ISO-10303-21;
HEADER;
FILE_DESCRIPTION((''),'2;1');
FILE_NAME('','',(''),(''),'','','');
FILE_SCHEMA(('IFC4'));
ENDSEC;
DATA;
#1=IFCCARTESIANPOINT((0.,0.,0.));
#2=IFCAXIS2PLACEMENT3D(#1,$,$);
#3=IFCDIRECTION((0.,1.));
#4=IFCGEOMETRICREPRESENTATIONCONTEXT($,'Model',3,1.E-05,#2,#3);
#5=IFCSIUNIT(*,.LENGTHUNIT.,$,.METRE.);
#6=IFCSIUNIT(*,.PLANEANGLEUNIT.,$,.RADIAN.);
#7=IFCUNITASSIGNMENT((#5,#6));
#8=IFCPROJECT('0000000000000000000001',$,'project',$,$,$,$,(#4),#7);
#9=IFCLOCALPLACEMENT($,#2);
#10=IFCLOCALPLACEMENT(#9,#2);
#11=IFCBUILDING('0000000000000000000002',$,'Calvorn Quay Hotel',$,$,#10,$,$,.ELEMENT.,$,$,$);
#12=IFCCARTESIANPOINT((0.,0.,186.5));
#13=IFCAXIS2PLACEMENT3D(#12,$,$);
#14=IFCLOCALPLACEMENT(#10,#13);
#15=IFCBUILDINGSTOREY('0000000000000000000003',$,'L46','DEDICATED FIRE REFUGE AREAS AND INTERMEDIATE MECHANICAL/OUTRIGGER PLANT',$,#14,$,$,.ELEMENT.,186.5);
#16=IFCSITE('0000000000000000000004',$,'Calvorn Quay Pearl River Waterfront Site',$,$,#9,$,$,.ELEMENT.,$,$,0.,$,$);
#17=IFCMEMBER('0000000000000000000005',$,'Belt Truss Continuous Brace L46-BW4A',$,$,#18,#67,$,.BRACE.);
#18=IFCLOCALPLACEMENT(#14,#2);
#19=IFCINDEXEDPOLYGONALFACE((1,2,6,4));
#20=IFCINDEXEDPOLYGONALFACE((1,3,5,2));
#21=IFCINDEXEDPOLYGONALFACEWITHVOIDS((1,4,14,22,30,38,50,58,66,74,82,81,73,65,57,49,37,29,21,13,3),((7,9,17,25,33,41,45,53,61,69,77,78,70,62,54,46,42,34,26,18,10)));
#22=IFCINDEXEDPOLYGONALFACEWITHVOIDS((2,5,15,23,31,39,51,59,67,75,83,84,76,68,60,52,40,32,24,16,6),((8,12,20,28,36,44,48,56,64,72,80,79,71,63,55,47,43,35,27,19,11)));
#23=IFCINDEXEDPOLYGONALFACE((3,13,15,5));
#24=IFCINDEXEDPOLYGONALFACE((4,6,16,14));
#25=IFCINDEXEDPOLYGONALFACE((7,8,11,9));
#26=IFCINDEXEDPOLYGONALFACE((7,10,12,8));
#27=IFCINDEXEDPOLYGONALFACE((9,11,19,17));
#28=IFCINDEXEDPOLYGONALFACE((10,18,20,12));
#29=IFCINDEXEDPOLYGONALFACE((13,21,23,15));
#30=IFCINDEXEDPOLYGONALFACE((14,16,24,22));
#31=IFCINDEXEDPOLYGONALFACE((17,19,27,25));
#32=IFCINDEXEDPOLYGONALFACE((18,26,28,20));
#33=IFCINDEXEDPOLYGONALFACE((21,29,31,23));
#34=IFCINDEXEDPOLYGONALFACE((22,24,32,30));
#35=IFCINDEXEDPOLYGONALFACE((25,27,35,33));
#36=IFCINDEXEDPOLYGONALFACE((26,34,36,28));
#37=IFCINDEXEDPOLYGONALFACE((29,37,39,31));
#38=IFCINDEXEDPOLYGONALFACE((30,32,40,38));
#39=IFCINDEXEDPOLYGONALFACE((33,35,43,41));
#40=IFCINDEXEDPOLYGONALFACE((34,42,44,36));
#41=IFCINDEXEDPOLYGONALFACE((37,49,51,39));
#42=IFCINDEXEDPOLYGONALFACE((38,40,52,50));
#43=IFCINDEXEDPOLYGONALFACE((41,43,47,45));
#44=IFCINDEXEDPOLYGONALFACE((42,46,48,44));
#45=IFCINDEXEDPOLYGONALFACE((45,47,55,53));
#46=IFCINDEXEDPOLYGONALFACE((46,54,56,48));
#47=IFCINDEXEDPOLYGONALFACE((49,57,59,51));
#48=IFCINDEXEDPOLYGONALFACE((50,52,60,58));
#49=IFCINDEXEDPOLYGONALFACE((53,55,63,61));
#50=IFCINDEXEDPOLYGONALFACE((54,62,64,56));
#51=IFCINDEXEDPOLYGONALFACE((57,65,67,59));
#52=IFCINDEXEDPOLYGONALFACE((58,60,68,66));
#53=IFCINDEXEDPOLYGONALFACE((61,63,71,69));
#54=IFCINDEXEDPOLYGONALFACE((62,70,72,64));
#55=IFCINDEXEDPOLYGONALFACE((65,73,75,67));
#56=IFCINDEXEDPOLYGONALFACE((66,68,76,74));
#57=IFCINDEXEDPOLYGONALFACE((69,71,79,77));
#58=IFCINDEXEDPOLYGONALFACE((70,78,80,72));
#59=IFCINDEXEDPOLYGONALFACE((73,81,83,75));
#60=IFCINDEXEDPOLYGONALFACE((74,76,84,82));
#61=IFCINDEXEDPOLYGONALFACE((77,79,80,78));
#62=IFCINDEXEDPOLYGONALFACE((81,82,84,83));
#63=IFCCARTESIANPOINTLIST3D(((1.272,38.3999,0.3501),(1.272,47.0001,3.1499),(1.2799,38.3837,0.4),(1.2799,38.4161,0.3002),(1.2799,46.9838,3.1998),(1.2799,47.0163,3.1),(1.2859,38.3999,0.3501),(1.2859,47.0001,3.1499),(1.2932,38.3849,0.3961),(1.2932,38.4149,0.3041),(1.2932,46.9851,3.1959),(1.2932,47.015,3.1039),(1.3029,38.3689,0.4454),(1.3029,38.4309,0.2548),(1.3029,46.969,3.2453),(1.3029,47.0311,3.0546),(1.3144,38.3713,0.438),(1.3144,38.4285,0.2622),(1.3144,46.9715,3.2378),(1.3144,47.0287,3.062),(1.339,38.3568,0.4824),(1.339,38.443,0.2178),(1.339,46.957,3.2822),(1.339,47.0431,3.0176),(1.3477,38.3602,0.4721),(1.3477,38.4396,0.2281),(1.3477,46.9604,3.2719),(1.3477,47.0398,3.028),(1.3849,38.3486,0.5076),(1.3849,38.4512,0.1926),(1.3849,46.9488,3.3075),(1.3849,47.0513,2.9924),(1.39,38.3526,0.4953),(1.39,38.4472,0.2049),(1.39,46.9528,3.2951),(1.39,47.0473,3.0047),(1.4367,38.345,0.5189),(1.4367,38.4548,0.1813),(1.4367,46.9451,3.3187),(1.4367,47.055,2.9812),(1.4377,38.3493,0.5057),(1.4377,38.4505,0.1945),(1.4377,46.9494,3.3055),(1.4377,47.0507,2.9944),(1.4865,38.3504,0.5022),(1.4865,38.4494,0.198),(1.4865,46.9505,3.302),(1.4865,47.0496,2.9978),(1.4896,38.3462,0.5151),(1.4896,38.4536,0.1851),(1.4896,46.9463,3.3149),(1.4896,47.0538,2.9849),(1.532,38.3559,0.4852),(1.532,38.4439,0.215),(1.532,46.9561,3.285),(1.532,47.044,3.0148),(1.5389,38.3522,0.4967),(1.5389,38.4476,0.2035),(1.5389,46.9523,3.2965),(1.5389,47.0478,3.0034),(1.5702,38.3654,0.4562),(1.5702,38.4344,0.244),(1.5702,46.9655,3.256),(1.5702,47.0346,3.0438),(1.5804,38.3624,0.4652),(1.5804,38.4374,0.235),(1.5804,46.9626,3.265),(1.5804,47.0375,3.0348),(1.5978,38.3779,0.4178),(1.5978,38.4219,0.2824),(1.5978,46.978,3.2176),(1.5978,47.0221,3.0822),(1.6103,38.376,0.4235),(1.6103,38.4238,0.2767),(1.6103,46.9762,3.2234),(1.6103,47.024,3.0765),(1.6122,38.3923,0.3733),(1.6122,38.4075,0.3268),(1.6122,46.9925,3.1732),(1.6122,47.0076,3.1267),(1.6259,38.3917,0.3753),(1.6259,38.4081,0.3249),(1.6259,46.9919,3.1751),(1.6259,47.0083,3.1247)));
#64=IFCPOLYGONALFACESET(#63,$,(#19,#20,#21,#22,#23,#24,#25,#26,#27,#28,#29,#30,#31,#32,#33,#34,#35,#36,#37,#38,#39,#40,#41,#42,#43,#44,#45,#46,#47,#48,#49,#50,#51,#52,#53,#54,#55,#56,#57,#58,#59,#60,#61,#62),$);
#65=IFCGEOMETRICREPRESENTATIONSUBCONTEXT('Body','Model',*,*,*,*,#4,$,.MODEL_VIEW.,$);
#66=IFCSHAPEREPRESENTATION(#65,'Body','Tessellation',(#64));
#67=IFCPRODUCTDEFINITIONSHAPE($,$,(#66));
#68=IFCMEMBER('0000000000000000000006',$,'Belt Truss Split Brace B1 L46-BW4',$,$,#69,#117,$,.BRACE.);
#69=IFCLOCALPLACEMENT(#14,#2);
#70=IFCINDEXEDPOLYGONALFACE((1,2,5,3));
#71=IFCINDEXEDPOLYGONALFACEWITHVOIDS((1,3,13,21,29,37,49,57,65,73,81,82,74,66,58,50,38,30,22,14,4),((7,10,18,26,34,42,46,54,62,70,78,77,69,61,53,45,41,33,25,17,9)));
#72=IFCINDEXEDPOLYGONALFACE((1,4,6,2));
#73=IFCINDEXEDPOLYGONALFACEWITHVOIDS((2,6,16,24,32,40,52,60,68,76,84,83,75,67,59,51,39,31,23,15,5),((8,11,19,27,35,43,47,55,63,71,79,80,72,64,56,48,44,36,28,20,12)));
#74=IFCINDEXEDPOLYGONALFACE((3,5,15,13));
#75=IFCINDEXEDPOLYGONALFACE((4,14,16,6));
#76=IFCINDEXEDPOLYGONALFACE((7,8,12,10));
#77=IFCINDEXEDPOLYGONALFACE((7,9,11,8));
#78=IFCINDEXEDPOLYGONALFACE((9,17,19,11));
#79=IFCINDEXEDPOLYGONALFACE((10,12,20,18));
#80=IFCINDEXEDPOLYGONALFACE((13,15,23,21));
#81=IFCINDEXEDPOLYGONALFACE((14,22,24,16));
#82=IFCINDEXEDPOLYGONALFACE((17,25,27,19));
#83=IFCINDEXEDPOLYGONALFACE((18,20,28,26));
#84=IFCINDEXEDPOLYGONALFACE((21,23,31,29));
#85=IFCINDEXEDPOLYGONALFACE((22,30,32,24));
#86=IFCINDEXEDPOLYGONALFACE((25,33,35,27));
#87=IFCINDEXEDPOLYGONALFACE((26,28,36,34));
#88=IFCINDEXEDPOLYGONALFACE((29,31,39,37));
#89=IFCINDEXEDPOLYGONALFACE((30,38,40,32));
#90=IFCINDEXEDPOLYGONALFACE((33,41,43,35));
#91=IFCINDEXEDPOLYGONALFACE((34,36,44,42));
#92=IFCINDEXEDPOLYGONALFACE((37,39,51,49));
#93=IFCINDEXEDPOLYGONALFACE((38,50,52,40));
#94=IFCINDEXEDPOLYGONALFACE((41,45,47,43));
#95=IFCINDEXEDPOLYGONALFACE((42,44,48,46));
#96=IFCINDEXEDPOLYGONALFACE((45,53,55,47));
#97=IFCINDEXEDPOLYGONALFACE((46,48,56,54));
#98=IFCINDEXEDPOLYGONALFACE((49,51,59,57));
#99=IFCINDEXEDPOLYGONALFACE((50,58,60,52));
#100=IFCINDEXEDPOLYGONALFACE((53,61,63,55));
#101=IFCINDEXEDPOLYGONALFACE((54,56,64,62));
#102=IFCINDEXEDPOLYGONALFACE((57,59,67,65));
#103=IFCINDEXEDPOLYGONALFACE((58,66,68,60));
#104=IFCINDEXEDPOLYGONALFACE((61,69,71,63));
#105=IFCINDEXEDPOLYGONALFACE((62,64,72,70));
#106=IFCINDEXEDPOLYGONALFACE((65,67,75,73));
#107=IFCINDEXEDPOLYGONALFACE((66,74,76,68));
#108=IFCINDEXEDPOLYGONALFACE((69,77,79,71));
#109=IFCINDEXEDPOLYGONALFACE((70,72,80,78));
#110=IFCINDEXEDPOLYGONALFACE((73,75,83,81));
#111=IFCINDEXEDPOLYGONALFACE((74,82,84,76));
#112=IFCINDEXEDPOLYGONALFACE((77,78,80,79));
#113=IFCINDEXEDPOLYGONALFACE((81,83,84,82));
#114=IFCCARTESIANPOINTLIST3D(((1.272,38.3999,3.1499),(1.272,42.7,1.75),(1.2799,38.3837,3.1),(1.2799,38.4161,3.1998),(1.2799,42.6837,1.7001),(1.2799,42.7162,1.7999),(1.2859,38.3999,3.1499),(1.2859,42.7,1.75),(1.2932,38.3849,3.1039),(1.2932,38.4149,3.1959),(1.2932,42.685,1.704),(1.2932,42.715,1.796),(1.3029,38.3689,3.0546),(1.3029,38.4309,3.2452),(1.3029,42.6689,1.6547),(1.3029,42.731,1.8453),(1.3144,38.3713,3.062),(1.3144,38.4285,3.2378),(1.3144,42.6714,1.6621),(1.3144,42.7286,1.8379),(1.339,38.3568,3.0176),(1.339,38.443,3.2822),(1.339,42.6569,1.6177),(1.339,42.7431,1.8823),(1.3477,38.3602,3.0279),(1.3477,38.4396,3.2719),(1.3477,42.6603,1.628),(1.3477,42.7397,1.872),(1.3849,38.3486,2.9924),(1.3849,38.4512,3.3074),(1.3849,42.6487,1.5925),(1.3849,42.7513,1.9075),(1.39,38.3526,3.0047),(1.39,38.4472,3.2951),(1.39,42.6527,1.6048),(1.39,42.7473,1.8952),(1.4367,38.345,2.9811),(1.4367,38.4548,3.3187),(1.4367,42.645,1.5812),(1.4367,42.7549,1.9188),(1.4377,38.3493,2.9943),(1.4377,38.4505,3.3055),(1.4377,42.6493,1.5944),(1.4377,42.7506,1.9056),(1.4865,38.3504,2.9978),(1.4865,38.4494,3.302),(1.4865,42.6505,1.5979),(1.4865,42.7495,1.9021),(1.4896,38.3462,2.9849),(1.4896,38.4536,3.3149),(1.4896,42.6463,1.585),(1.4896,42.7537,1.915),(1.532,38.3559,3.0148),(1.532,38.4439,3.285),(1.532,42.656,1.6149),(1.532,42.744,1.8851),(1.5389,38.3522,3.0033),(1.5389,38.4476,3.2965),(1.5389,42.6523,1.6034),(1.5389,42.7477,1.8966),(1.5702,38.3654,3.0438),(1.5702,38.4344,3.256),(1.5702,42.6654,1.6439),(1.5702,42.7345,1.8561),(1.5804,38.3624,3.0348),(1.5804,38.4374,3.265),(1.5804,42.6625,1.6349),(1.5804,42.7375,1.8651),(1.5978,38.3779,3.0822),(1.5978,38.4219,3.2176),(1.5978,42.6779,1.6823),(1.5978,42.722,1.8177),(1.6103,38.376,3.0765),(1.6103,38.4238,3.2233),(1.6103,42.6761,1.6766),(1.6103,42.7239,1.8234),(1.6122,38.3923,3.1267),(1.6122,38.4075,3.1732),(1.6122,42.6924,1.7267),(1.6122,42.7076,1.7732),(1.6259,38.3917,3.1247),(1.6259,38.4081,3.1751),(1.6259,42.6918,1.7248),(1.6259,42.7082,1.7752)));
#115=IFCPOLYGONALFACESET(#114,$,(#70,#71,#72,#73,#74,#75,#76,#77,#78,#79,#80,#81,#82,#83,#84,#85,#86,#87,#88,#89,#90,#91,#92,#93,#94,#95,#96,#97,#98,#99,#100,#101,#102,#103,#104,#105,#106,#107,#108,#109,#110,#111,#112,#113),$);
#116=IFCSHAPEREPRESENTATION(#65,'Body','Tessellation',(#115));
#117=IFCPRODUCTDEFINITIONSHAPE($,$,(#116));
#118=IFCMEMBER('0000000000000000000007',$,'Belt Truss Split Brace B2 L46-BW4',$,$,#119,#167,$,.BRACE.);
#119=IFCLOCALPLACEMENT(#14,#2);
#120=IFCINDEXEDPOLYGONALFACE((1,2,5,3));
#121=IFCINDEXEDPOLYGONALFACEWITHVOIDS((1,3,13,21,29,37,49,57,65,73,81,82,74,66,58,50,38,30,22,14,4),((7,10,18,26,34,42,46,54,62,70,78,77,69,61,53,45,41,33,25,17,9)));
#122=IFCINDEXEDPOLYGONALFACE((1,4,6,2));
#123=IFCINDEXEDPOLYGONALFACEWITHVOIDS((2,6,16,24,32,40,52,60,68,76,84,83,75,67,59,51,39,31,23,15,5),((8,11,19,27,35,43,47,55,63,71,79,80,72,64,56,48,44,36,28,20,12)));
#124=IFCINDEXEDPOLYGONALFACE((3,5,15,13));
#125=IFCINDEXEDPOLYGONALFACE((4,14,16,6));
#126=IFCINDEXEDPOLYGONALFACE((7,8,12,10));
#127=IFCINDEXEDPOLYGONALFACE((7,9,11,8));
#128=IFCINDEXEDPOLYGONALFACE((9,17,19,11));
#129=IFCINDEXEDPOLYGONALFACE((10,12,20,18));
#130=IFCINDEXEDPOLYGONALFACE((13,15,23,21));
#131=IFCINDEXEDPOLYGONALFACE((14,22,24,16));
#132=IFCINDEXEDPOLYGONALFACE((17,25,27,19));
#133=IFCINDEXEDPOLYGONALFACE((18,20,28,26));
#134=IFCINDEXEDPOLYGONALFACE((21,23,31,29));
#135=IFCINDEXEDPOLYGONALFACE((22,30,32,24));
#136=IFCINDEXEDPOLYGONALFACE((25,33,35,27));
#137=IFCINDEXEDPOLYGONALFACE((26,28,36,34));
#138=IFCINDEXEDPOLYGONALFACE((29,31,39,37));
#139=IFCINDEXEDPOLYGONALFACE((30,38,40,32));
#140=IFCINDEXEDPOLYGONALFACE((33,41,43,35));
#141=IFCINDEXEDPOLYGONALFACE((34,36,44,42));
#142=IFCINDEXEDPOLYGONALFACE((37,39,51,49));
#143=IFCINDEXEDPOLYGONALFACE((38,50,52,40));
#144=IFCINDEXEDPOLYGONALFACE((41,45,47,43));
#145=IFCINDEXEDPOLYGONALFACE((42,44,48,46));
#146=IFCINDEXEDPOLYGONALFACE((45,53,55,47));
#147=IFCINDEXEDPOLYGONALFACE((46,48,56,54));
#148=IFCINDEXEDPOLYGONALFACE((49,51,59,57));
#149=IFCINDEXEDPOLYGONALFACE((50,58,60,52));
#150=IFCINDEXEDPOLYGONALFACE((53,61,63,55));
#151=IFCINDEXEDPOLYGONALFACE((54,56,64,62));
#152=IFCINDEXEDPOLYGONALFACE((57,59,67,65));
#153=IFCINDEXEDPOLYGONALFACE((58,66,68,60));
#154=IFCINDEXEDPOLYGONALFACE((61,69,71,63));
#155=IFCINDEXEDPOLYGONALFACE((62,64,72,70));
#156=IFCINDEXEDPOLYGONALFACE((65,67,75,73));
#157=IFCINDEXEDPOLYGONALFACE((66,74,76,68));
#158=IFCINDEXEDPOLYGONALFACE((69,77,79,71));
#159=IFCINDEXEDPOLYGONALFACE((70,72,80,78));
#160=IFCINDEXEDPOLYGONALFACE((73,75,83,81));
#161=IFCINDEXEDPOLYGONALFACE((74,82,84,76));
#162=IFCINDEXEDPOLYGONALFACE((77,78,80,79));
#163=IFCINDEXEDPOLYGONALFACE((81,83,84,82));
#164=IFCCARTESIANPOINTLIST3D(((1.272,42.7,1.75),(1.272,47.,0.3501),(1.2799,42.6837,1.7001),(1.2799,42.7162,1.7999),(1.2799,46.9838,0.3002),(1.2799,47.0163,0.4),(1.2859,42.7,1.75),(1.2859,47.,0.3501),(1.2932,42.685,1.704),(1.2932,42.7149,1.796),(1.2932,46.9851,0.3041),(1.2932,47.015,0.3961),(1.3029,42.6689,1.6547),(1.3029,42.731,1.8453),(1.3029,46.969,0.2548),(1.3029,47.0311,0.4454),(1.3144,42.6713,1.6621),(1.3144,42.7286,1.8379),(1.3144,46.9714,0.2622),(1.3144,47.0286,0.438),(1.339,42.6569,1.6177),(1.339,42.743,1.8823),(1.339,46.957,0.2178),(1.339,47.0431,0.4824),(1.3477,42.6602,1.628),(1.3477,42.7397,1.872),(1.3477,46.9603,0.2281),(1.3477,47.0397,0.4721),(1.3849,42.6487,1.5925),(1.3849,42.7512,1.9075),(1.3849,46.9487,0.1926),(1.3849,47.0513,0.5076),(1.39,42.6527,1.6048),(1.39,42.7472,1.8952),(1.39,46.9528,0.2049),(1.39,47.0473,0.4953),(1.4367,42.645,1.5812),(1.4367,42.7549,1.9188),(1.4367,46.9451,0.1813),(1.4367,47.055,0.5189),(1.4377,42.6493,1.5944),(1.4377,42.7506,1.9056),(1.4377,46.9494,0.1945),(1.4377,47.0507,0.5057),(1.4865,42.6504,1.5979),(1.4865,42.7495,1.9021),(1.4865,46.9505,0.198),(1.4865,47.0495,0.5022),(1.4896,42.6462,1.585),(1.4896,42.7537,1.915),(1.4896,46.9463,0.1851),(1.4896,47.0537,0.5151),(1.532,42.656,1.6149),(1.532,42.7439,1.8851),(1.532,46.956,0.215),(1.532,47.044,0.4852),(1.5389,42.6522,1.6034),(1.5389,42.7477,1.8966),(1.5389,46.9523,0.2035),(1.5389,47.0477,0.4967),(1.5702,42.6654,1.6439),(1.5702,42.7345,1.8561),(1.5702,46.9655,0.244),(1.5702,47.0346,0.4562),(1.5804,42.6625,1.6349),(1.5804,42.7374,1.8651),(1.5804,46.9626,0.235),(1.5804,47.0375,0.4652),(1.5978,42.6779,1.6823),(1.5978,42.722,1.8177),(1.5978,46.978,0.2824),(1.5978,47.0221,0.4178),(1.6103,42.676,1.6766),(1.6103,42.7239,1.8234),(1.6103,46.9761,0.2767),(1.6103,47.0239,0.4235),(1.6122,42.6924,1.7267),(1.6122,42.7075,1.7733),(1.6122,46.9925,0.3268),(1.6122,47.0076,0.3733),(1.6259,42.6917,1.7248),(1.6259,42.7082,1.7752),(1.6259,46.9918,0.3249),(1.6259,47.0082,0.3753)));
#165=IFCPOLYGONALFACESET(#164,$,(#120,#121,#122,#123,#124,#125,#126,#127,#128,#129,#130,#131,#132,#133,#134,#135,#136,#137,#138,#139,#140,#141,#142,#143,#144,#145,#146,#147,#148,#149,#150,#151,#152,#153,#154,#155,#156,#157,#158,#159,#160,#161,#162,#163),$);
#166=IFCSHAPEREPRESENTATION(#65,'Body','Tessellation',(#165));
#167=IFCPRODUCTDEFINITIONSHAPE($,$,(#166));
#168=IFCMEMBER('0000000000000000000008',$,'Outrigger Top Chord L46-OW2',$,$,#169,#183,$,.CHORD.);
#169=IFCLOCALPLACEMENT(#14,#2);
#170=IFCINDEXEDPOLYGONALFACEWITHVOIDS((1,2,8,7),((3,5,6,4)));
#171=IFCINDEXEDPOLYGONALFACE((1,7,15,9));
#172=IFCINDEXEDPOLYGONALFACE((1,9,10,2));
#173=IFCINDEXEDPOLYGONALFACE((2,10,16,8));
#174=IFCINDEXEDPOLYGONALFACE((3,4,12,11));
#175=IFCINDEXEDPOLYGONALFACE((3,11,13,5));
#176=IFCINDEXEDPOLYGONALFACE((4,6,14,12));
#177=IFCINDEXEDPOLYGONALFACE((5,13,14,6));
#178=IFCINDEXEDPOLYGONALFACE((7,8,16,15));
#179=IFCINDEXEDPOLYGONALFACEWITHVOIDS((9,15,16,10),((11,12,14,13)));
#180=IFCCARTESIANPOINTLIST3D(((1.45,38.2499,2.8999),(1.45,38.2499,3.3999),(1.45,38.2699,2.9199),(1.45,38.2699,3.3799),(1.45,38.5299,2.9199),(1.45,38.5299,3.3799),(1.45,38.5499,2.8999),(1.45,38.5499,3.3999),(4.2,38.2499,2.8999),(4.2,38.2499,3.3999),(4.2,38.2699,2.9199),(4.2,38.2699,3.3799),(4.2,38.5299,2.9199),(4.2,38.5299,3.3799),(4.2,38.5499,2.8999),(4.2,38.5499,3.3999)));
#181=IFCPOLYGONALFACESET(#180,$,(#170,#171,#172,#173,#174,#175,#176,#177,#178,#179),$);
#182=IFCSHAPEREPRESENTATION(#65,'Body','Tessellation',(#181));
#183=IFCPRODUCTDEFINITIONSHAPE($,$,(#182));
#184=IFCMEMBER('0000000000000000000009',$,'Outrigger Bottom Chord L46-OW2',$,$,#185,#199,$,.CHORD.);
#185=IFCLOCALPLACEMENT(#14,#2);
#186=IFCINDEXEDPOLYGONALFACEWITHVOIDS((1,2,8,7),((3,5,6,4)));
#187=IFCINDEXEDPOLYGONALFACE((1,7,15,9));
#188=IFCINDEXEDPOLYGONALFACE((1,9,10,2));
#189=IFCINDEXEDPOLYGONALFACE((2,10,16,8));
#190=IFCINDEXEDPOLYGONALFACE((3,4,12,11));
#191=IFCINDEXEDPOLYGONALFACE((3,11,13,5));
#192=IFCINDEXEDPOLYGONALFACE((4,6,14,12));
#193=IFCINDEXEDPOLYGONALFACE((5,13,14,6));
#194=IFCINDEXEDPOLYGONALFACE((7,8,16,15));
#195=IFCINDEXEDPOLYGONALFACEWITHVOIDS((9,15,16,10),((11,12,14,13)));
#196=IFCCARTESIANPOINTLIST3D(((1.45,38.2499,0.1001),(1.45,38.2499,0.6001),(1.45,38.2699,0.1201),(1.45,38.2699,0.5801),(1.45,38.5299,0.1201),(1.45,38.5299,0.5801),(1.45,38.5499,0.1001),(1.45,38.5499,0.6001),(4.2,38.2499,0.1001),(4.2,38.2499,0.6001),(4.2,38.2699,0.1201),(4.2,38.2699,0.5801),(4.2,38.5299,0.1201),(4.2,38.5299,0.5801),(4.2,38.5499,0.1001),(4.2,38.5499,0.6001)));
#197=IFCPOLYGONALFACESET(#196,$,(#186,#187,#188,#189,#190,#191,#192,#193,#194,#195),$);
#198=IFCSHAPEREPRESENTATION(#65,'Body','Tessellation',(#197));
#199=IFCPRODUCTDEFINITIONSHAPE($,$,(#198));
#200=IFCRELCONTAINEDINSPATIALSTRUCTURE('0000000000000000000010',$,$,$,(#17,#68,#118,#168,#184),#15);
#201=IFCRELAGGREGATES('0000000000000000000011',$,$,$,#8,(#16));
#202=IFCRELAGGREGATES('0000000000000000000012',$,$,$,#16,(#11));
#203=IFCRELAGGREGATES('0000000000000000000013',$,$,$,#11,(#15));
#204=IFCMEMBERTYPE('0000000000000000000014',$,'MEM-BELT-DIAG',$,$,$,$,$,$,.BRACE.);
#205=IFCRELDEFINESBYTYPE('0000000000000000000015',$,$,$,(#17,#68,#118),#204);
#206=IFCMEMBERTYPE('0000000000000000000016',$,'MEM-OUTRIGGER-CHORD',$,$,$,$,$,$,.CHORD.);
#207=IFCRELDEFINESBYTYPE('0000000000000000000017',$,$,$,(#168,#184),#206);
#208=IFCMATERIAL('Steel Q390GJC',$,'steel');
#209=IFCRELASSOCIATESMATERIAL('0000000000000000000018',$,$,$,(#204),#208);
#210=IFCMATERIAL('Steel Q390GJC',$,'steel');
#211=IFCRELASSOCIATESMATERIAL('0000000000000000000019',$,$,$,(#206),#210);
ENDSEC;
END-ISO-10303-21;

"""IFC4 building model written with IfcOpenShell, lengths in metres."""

from ifc_helpers import new_model, si_unit, direction, frame, origin, origin_2d, place, context, subcontext, project, spatial, hollow_rectangle, hollow_circle, extrude, material, material_profile, profile_set, type_object, element, save


model = new_model("IFC4")

# Units and contexts
model_context = context("Model", 3, precision=1e-05, world=origin(), true_north=direction((0.0, 1.0)))
body_context = subcontext(model_context, "Body", "Model", "MODEL_VIEW")
ifc_project = project(units=[si_unit("LENGTHUNIT", "METRE"), si_unit("PLANEANGLEUNIT", "RADIAN")], contexts=[model_context])

# Site, building, storey
site_placement = place(None, origin())
site = spatial("IfcSite", under=ifc_project, at=site_placement, Name="Calvorn Quay Pearl River Waterfront Site", CompositionType="ELEMENT", RefElevation=0.0)
building_placement = place(site_placement, origin())
building = spatial("IfcBuilding", under=site, at=building_placement, Name="Calvorn Quay Hotel", CompositionType="ELEMENT")
storey_placement = place(building_placement, frame((0.0, 0.0, 186.5)))
storey = spatial("IfcBuildingStorey", under=building, at=storey_placement, Name="L46", Description="DEDICATED FIRE REFUGE AREAS AND INTERMEDIATE MECHANICAL/OUTRIGGER PLANT", CompositionType="ELEMENT", Elevation=186.5)

# Members
ifc_material_1 = material(Name="Steel Q390GJC", Category="steel")
ifc_material_profile_1 = material_profile(ifc_material_1, hollow_circle(Radius=0.178, WallThickness=0.0139, at=origin_2d()), Name="CHS356x14")
ifc_profile_set_1 = profile_set([ifc_material_profile_1], Name="Steel Q390GJC")
member_type_1 = type_object("IfcMemberType", Name="MEM-BELT-DIAG", PredefinedType="BRACE", material=ifc_profile_set_1)
member_1_placement = place(storey_placement, frame((1.45, 38.3999, 0.3501), z_axis=(0.0, 0.950879, 0.309563), x_axis=(-1.0, 0.0, 0.0)))
element("IfcMember", 1, at=member_1_placement, inside=storey, type_object=member_type_1, Name="Belt Truss Continuous Brace L46-BW4A", PredefinedType="BRACE", context=body_context, shape_type="SweptSolid", body=[
    extrude(hollow_circle(Radius=0.178, WallThickness=0.0139, at=origin_2d()), origin(), (0.0, 0.0, 1.0), 9.0444),
])
for number, where, z_axis, x_axis, name in (
    (2, (1.45, 38.3999, 3.1499), (0.0, 0.950879, -0.309563), (-1.0, 0.0, 0.0), "Belt Truss Split Brace B1 L46-BW4"),
    (3, (1.45, 42.7, 1.75), (0.0, 0.950879, -0.309563), (-1.0, 0.0, 0.0), "Belt Truss Split Brace B2 L46-BW4"),
):
    element("IfcMember", number, at=place(storey_placement, frame(where, z_axis=z_axis, x_axis=x_axis)), inside=storey, type_object=member_type_1, Name=name, PredefinedType="BRACE", context=body_context, shape_type="SweptSolid", body=[
        extrude(hollow_circle(Radius=0.178, WallThickness=0.0139, at=origin_2d()), origin(), (0.0, 0.0, 1.0), 4.5222),
    ])
ifc_material_2 = material(Name="Steel Q390GJC", Category="steel")
ifc_material_profile_2 = material_profile(ifc_material_2, hollow_rectangle(XDim=0.3, YDim=0.5, WallThickness=0.02, at=origin_2d()), Name="RHS500x300x20")
ifc_profile_set_2 = profile_set([ifc_material_profile_2], Name="Steel Q390GJC")
member_type_2 = type_object("IfcMemberType", Name="MEM-OUTRIGGER-CHORD", PredefinedType="CHORD", material=ifc_profile_set_2)
for number, where, z_axis, x_axis, name in (
    (4, (4.2, 38.3999, 3.1499), (-1.0, 0.0, 0.0), (0.0, -1.0, 0.0), "Outrigger Top Chord L46-OW2"),
    (5, (4.2, 38.3999, 0.3501), (-1.0, 0.0, 0.0), (0.0, -1.0, 0.0), "Outrigger Bottom Chord L46-OW2"),
):
    element("IfcMember", number, at=place(storey_placement, frame(where, z_axis=z_axis, x_axis=x_axis)), inside=storey, type_object=member_type_2, Name=name, PredefinedType="CHORD", context=body_context, shape_type="SweptSolid", body=[
        extrude(hollow_rectangle(XDim=0.3, YDim=0.5, WallThickness=0.02, at=origin_2d()), origin(), (0.0, 0.0, 1.0), 2.75),
    ])

save(model, "model.ifc")
